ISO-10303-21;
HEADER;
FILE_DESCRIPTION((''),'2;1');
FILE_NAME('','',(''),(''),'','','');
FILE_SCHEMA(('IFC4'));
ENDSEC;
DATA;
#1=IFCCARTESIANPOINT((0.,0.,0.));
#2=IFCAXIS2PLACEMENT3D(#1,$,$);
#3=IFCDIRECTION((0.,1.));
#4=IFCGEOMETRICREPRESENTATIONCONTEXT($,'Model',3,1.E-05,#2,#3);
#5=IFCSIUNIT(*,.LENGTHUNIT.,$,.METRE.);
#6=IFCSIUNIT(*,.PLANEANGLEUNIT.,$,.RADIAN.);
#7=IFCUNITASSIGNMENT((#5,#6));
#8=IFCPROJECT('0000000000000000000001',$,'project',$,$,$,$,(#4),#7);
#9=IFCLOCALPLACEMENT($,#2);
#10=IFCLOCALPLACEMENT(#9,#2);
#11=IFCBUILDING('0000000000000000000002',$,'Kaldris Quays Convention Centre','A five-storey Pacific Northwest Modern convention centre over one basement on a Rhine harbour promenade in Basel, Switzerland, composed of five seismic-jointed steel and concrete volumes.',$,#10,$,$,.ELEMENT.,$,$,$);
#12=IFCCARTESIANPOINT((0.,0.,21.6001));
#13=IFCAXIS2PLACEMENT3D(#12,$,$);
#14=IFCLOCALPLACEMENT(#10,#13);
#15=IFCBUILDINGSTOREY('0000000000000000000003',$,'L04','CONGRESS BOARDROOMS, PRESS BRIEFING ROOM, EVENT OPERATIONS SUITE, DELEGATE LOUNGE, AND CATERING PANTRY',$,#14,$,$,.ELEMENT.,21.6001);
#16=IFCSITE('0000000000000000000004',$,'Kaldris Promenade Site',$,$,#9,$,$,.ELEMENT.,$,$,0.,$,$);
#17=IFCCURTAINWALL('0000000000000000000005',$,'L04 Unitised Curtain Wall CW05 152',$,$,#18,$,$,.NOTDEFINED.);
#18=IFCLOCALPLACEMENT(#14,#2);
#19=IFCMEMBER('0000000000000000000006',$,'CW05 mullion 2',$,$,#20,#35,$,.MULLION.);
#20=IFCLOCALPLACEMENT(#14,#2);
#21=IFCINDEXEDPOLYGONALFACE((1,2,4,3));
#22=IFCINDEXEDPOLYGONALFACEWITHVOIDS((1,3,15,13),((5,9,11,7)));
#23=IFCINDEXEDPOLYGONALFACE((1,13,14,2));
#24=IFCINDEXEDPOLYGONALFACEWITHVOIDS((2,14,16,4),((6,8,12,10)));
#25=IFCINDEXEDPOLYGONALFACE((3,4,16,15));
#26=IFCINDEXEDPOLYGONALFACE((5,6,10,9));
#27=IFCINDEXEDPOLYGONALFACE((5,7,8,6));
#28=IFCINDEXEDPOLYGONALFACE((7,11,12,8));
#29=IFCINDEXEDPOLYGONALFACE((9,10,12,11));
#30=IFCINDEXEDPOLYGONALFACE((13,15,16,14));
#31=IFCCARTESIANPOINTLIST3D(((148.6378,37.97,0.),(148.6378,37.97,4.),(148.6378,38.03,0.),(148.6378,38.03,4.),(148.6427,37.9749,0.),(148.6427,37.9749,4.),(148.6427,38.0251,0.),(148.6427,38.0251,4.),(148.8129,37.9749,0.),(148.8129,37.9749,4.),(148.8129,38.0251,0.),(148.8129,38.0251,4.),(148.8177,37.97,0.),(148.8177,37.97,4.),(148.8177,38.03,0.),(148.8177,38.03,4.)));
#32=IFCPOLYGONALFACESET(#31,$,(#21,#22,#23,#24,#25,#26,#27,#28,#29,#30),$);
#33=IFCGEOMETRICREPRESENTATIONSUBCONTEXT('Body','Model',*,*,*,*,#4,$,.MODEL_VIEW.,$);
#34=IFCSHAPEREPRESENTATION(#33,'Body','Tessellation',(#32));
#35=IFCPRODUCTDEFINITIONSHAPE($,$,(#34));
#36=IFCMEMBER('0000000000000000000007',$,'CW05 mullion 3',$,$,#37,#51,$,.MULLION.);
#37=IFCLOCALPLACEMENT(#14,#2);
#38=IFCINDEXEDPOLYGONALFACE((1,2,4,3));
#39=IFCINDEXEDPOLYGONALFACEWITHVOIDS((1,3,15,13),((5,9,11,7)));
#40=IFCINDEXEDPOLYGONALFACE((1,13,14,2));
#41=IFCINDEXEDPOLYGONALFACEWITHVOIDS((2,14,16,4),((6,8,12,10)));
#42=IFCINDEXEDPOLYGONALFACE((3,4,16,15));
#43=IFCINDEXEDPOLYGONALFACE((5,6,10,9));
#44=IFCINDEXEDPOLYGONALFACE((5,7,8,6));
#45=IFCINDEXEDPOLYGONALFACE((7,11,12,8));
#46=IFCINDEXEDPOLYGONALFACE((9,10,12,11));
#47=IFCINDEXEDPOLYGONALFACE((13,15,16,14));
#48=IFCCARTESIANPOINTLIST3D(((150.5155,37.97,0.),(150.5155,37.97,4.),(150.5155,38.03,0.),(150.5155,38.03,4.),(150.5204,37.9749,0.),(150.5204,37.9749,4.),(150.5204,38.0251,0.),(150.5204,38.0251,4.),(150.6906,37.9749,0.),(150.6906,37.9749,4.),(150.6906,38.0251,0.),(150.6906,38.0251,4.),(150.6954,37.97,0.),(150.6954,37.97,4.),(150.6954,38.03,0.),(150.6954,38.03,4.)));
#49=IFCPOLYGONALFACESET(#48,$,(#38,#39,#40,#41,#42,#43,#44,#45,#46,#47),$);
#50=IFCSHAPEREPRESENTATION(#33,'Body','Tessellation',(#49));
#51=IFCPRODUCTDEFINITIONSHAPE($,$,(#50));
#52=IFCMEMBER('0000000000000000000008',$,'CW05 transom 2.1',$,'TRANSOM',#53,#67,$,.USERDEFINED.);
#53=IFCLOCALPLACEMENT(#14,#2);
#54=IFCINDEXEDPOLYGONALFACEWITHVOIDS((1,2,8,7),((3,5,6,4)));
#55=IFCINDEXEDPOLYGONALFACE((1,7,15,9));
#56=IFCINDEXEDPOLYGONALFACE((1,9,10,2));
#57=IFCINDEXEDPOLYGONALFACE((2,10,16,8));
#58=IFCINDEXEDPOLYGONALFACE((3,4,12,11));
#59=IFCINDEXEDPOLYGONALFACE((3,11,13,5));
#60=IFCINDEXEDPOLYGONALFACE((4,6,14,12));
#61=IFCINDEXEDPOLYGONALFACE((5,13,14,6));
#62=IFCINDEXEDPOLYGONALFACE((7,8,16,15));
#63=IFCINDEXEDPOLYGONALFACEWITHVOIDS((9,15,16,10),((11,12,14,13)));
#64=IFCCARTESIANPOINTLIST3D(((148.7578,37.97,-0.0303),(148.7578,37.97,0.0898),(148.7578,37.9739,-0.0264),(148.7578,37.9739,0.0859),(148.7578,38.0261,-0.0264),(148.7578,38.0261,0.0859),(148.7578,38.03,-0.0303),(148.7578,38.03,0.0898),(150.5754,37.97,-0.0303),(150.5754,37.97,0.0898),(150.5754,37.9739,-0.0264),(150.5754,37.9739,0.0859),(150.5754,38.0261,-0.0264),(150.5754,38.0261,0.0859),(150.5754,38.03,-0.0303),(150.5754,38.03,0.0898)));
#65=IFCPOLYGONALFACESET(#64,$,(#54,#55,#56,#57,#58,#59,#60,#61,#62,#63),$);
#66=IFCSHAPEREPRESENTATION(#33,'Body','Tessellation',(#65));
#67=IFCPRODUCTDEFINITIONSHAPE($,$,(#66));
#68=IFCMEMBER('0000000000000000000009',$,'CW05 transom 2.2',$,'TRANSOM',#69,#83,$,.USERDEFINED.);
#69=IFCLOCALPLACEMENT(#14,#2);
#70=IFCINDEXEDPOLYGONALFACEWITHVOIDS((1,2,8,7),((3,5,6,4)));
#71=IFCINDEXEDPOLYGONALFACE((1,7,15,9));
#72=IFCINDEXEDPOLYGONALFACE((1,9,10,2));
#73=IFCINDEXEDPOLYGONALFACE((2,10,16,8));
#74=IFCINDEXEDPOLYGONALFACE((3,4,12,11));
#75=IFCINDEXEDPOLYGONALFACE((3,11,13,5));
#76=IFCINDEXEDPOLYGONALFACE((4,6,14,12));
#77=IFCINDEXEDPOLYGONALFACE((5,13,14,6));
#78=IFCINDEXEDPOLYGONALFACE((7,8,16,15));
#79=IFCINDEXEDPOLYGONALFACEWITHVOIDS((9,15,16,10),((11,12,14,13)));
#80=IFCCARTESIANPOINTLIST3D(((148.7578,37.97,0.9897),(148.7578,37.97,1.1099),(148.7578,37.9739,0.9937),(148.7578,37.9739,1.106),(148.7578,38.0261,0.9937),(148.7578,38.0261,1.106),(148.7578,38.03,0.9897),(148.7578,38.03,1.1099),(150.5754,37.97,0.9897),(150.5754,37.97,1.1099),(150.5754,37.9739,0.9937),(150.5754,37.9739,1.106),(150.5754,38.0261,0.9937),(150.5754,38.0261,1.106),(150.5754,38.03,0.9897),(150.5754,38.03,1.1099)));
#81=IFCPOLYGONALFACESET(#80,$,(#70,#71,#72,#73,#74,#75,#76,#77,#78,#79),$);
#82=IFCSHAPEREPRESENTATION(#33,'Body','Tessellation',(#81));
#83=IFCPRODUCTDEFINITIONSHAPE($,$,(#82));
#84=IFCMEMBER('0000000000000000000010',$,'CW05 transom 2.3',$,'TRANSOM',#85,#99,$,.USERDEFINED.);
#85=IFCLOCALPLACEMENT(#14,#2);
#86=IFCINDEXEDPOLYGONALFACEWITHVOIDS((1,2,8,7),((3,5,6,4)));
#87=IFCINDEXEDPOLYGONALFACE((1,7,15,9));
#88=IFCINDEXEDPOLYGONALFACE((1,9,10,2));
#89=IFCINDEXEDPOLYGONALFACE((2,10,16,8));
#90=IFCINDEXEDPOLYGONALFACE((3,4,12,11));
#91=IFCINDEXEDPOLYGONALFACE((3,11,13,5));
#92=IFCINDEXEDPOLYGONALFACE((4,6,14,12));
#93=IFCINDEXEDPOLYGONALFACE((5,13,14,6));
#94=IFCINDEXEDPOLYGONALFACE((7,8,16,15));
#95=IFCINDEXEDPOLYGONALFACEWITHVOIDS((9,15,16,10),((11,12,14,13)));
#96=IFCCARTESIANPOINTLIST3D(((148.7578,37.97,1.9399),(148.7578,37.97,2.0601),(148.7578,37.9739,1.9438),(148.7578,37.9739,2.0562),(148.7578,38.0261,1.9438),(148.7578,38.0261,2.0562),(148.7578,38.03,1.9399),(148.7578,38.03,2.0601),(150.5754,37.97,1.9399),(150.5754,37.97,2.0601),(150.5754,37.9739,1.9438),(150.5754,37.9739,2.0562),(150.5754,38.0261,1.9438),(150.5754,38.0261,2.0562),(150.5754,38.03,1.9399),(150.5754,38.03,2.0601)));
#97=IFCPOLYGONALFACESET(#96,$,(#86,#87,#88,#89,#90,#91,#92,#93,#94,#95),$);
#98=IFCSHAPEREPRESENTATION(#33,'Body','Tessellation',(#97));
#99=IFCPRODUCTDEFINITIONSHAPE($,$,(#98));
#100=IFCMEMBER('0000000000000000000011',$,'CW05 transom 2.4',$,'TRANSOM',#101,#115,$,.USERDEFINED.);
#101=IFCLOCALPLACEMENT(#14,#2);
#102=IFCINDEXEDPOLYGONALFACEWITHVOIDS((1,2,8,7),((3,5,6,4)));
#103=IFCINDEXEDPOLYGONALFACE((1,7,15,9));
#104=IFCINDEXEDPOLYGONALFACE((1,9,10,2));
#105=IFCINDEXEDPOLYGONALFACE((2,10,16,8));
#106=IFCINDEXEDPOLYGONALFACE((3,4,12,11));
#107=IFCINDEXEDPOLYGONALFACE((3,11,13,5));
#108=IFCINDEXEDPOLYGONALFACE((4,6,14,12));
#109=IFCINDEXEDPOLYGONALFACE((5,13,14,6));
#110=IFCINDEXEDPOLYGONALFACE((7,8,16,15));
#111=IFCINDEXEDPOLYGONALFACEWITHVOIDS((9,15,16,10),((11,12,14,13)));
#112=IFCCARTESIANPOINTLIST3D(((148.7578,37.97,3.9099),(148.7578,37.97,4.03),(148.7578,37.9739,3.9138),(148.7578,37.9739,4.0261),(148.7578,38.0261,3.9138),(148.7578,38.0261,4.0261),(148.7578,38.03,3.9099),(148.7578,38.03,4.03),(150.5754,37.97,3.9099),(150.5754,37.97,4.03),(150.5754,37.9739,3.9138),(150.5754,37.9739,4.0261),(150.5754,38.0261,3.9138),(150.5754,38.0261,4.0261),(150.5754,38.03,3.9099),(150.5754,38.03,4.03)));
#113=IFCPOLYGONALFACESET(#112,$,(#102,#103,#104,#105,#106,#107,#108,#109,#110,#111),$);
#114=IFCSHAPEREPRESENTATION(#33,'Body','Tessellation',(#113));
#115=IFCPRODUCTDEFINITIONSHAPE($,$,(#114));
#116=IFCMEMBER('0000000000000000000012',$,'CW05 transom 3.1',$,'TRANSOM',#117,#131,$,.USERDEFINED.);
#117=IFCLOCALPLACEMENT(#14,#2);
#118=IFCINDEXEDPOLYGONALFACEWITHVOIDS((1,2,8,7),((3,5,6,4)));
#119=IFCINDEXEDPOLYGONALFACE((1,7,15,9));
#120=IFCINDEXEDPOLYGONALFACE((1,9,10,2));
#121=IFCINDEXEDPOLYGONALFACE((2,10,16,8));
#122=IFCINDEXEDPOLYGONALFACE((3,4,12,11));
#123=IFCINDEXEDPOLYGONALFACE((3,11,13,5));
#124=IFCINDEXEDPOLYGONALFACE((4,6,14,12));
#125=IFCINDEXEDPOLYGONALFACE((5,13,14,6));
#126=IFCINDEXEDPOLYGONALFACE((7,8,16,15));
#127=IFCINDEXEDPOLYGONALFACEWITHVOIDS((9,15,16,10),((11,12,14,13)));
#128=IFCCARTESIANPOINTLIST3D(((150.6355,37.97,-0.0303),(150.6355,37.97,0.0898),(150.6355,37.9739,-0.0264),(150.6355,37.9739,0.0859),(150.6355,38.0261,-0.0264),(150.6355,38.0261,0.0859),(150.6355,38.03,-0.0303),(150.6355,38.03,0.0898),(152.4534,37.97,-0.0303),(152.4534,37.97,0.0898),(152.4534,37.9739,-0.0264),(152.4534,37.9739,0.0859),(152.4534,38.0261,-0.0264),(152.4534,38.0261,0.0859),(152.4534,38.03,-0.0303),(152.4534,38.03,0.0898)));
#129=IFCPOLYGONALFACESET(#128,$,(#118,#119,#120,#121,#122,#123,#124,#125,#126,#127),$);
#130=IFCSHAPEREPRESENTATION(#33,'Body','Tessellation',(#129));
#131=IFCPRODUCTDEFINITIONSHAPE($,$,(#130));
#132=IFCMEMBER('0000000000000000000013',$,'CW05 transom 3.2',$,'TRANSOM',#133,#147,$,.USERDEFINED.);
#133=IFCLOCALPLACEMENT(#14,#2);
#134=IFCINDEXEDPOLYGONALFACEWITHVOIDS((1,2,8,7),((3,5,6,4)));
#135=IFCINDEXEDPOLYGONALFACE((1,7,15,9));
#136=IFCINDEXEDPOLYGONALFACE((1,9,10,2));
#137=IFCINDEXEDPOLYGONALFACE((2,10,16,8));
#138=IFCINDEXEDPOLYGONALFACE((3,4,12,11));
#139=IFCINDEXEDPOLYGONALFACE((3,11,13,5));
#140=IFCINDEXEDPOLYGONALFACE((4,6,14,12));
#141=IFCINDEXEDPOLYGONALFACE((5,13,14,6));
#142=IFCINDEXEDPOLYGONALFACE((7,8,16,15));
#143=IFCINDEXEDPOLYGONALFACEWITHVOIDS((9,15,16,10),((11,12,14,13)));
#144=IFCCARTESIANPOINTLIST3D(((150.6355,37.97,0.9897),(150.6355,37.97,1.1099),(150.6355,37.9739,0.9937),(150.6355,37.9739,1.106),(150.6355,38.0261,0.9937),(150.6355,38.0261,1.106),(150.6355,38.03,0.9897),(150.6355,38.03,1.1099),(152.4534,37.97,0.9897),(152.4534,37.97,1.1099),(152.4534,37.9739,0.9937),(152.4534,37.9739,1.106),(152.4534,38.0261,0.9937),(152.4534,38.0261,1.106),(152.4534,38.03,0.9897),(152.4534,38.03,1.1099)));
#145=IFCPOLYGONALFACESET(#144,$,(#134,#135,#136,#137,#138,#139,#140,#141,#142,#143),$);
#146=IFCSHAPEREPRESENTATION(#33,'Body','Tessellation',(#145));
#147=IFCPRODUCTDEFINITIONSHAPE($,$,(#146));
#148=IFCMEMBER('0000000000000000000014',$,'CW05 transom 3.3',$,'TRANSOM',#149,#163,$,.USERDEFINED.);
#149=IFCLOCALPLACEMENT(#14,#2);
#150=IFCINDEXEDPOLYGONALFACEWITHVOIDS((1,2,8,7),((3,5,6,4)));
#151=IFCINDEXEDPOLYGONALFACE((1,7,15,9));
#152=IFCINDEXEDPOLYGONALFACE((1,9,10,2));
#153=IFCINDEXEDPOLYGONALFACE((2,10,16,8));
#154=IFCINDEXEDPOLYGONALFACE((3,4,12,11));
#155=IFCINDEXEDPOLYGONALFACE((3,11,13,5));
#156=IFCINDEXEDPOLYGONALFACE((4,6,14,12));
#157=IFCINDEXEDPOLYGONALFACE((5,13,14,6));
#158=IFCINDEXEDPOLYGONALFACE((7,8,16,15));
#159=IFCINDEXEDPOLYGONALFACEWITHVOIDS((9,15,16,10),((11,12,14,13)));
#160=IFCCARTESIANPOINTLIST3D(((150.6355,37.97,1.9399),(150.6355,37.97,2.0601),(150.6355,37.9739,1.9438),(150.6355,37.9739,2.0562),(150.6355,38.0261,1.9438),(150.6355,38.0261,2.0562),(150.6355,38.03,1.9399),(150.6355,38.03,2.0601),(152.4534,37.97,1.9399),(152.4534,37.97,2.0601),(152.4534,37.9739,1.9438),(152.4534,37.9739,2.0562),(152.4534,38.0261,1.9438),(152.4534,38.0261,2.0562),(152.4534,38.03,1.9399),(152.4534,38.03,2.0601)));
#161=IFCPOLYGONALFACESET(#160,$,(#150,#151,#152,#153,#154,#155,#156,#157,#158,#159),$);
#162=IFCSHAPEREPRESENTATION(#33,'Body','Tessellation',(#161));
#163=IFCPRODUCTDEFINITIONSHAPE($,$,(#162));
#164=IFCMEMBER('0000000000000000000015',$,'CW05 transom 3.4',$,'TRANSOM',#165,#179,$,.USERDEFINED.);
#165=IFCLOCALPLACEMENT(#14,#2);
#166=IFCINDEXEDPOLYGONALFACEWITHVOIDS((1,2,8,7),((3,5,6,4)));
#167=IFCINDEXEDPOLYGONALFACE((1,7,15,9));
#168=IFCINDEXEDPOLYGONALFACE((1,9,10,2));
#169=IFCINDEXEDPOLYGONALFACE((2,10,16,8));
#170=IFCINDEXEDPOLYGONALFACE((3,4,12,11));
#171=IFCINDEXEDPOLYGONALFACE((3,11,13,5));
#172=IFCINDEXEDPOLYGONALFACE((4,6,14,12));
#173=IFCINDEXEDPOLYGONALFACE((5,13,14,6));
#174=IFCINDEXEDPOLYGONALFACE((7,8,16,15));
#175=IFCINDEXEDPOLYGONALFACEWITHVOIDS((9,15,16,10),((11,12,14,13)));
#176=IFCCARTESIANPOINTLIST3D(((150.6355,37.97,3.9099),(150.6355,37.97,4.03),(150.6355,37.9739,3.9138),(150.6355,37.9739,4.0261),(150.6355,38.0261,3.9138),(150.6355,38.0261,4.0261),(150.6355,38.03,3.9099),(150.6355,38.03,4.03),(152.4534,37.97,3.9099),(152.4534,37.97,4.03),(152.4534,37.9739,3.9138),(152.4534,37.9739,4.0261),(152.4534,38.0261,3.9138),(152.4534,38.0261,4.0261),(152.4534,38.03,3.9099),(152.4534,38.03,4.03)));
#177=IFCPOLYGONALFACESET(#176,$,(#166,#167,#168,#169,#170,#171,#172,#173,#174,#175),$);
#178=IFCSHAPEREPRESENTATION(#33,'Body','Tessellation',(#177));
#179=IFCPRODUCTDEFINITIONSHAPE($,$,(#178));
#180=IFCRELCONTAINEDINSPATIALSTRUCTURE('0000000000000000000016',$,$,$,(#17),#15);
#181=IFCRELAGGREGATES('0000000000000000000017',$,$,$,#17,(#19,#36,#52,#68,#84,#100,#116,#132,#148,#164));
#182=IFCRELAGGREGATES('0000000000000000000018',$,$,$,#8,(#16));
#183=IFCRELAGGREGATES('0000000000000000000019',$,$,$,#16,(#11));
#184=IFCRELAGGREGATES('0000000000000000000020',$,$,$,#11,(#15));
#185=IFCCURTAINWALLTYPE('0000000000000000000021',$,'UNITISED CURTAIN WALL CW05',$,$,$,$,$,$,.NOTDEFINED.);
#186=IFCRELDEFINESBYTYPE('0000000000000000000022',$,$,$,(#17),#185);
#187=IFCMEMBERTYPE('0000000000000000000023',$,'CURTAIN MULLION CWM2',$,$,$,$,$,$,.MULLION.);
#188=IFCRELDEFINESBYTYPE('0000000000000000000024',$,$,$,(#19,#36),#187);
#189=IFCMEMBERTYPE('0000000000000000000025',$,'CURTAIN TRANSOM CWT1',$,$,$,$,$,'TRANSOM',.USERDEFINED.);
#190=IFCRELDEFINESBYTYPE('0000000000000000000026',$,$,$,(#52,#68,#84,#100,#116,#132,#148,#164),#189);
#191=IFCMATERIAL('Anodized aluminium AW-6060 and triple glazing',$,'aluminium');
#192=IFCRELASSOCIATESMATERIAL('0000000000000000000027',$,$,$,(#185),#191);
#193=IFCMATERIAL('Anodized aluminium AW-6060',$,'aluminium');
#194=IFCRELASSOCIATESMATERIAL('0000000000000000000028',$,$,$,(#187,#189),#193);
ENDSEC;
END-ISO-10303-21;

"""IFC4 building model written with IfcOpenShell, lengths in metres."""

from ifc_helpers import new_model, si_unit, direction, frame, origin, origin_2d, place, context, subcontext, project, spatial, hollow_rectangle, extrude, material, material_profile, profile_set, type_object, element, aggregate, save


model = new_model("IFC4")

# Units and contexts
model_context = context("Model", 3, precision=1e-05, world=origin(), true_north=direction((0.0, 1.0)))
body_context = subcontext(model_context, "Body", "Model", "MODEL_VIEW")
ifc_project = project(units=[si_unit("LENGTHUNIT", "METRE"), si_unit("PLANEANGLEUNIT", "RADIAN")], contexts=[model_context])

# Site, building, storey
site_placement = place(None, origin())
site = spatial("IfcSite", under=ifc_project, at=site_placement, Name="Kaldris Promenade Site", CompositionType="ELEMENT", RefElevation=0.0)
building_placement = place(site_placement, origin())
building = spatial("IfcBuilding", under=site, at=building_placement, Name="Kaldris Quays Convention Centre", Description="A five-storey Pacific Northwest Modern convention centre over one basement on a Rhine harbour promenade in Basel, Switzerland, composed of five seismic-jointed steel and concrete volumes.", CompositionType="ELEMENT")
storey_placement = place(building_placement, frame((0.0, 0.0, 21.6001)))
storey = spatial("IfcBuildingStorey", under=building, at=storey_placement, Name="L04", Description="CONGRESS BOARDROOMS, PRESS BRIEFING ROOM, EVENT OPERATIONS SUITE, DELEGATE LOUNGE, AND CATERING PANTRY", CompositionType="ELEMENT", Elevation=21.6001)

# Curtain wall, members
ifc_material_1 = material(Name="Anodized aluminium AW-6060 and triple glazing", Category="aluminium")
curtain_wall_type = type_object("IfcCurtainWallType", Name="UNITISED CURTAIN WALL CW05", PredefinedType="NOTDEFINED", material=ifc_material_1)
curtain_wall_placement = place(storey_placement, origin())
curtain_wall = element("IfcCurtainWall", 1, at=curtain_wall_placement, inside=storey, type_object=curtain_wall_type, Name="L04 Unitised Curtain Wall CW05 152", PredefinedType="NOTDEFINED")
ifc_material_2 = material(Name="Anodized aluminium AW-6060", Category="aluminium")
ifc_material_profile_1 = material_profile(ifc_material_2, hollow_rectangle(XDim=0.0601, YDim=0.1799, WallThickness=0.0049, at=origin_2d()), Name="RHS 180x60x5")
ifc_profile_set_1 = profile_set([ifc_material_profile_1], Name="Anodized aluminium AW-6060")
member_type_1 = type_object("IfcMemberType", Name="CURTAIN MULLION CWM2", PredefinedType="MULLION", material=ifc_profile_set_1)
member_1_placement = place(storey_placement, frame((148.7278, 38.0, 0.0), z_axis=(0.0, 0.0, 1.0), x_axis=(0.0, 1.0, 0.0)))
member_1 = element("IfcMember", 2, at=member_1_placement, type_object=member_type_1, Name="CW05 mullion 2", PredefinedType="MULLION", context=body_context, shape_type="SweptSolid", body=[
    extrude(hollow_rectangle(XDim=0.0601, YDim=0.1799, WallThickness=0.0049, at=origin_2d()), origin(), (0.0, 0.0, 1.0), 4.0),
])
member_2_placement = place(storey_placement, frame((150.6055, 38.0, 0.0), z_axis=(0.0, 0.0, 1.0), x_axis=(0.0, 1.0, 0.0)))
member_2 = element("IfcMember", 3, at=member_2_placement, type_object=member_type_1, Name="CW05 mullion 3", PredefinedType="MULLION", context=body_context, shape_type="SweptSolid", body=[
    extrude(hollow_rectangle(XDim=0.0601, YDim=0.1799, WallThickness=0.0049, at=origin_2d()), origin(), (0.0, 0.0, 1.0), 4.0),
])
ifc_material_profile_2 = material_profile(ifc_material_2, hollow_rectangle(XDim=0.0601, YDim=0.1201, WallThickness=0.0039, at=origin_2d()), Name="RHS 120x60x4")
ifc_profile_set_2 = profile_set([ifc_material_profile_2], Name="Anodized aluminium AW-6060")
member_type_2 = type_object("IfcMemberType", Name="CURTAIN TRANSOM CWT1", ElementType="TRANSOM", PredefinedType="USERDEFINED", material=ifc_profile_set_2)
member_3_placement = place(storey_placement, frame((148.7578, 38.0, 0.0298), z_axis=(1.0, 0.0, 0.0), x_axis=(0.0, 1.0, 0.0)))
member_3 = element("IfcMember", 4, at=member_3_placement, type_object=member_type_2, Name="CW05 transom 2.1", ObjectType="TRANSOM", PredefinedType="USERDEFINED", context=body_context, shape_type="SweptSolid", body=[
    extrude(hollow_rectangle(XDim=0.0601, YDim=0.1201, WallThickness=0.0039, at=origin_2d()), origin(), (0.0, 0.0, 1.0), 1.8176),
])
member_4_placement = place(storey_placement, frame((148.7578, 38.0, 1.0498), z_axis=(1.0, 0.0, 0.0), x_axis=(0.0, 1.0, 0.0)))
member_4 = element("IfcMember", 5, at=member_4_placement, type_object=member_type_2, Name="CW05 transom 2.2", ObjectType="TRANSOM", PredefinedType="USERDEFINED", context=body_context, shape_type="SweptSolid", body=[
    extrude(hollow_rectangle(XDim=0.0601, YDim=0.1201, WallThickness=0.0039, at=origin_2d()), origin(), (0.0, 0.0, 1.0), 1.8176),
])
member_5_placement = place(storey_placement, frame((148.7578, 38.0, 2.0), z_axis=(1.0, 0.0, 0.0), x_axis=(0.0, 1.0, 0.0)))
member_5 = element("IfcMember", 6, at=member_5_placement, type_object=member_type_2, Name="CW05 transom 2.3", ObjectType="TRANSOM", PredefinedType="USERDEFINED", context=body_context, shape_type="SweptSolid", body=[
    extrude(hollow_rectangle(XDim=0.0601, YDim=0.1201, WallThickness=0.0039, at=origin_2d()), origin(), (0.0, 0.0, 1.0), 1.8176),
])
member_6_placement = place(storey_placement, frame((148.7578, 38.0, 3.97), z_axis=(1.0, 0.0, 0.0), x_axis=(0.0, 1.0, 0.0)))
member_6 = element("IfcMember", 7, at=member_6_placement, type_object=member_type_2, Name="CW05 transom 2.4", ObjectType="TRANSOM", PredefinedType="USERDEFINED", context=body_context, shape_type="SweptSolid", body=[
    extrude(hollow_rectangle(XDim=0.0601, YDim=0.1201, WallThickness=0.0039, at=origin_2d()), origin(), (0.0, 0.0, 1.0), 1.8176),
])
member_7_placement = place(storey_placement, frame((150.6355, 38.0, 0.0298), z_axis=(1.0, 0.0, 0.0), x_axis=(0.0, 1.0, 0.0)))
member_7 = element("IfcMember", 8, at=member_7_placement, type_object=member_type_2, Name="CW05 transom 3.1", ObjectType="TRANSOM", PredefinedType="USERDEFINED", context=body_context, shape_type="SweptSolid", body=[
    extrude(hollow_rectangle(XDim=0.0601, YDim=0.1201, WallThickness=0.0039, at=origin_2d()), origin(), (0.0, 0.0, 1.0), 1.8179),
])
member_8_placement = place(storey_placement, frame((150.6355, 38.0, 1.0498), z_axis=(1.0, 0.0, 0.0), x_axis=(0.0, 1.0, 0.0)))
member_8 = element("IfcMember", 9, at=member_8_placement, type_object=member_type_2, Name="CW05 transom 3.2", ObjectType="TRANSOM", PredefinedType="USERDEFINED", context=body_context, shape_type="SweptSolid", body=[
    extrude(hollow_rectangle(XDim=0.0601, YDim=0.1201, WallThickness=0.0039, at=origin_2d()), origin(), (0.0, 0.0, 1.0), 1.8179),
])
member_9_placement = place(storey_placement, frame((150.6355, 38.0, 2.0), z_axis=(1.0, 0.0, 0.0), x_axis=(0.0, 1.0, 0.0)))
member_9 = element("IfcMember", 10, at=member_9_placement, type_object=member_type_2, Name="CW05 transom 3.3", ObjectType="TRANSOM", PredefinedType="USERDEFINED", context=body_context, shape_type="SweptSolid", body=[
    extrude(hollow_rectangle(XDim=0.0601, YDim=0.1201, WallThickness=0.0039, at=origin_2d()), origin(), (0.0, 0.0, 1.0), 1.8179),
])
member_10_placement = place(storey_placement, frame((150.6355, 38.0, 3.97), z_axis=(1.0, 0.0, 0.0), x_axis=(0.0, 1.0, 0.0)))
member_10 = element("IfcMember", 11, at=member_10_placement, type_object=member_type_2, Name="CW05 transom 3.4", ObjectType="TRANSOM", PredefinedType="USERDEFINED", context=body_context, shape_type="SweptSolid", body=[
    extrude(hollow_rectangle(XDim=0.0601, YDim=0.1201, WallThickness=0.0039, at=origin_2d()), origin(), (0.0, 0.0, 1.0), 1.8179),
])

aggregate(curtain_wall, [member_1, member_2, member_3, member_4, member_5, member_6, member_7, member_8, member_9, member_10])

save(model, "model.ifc")
